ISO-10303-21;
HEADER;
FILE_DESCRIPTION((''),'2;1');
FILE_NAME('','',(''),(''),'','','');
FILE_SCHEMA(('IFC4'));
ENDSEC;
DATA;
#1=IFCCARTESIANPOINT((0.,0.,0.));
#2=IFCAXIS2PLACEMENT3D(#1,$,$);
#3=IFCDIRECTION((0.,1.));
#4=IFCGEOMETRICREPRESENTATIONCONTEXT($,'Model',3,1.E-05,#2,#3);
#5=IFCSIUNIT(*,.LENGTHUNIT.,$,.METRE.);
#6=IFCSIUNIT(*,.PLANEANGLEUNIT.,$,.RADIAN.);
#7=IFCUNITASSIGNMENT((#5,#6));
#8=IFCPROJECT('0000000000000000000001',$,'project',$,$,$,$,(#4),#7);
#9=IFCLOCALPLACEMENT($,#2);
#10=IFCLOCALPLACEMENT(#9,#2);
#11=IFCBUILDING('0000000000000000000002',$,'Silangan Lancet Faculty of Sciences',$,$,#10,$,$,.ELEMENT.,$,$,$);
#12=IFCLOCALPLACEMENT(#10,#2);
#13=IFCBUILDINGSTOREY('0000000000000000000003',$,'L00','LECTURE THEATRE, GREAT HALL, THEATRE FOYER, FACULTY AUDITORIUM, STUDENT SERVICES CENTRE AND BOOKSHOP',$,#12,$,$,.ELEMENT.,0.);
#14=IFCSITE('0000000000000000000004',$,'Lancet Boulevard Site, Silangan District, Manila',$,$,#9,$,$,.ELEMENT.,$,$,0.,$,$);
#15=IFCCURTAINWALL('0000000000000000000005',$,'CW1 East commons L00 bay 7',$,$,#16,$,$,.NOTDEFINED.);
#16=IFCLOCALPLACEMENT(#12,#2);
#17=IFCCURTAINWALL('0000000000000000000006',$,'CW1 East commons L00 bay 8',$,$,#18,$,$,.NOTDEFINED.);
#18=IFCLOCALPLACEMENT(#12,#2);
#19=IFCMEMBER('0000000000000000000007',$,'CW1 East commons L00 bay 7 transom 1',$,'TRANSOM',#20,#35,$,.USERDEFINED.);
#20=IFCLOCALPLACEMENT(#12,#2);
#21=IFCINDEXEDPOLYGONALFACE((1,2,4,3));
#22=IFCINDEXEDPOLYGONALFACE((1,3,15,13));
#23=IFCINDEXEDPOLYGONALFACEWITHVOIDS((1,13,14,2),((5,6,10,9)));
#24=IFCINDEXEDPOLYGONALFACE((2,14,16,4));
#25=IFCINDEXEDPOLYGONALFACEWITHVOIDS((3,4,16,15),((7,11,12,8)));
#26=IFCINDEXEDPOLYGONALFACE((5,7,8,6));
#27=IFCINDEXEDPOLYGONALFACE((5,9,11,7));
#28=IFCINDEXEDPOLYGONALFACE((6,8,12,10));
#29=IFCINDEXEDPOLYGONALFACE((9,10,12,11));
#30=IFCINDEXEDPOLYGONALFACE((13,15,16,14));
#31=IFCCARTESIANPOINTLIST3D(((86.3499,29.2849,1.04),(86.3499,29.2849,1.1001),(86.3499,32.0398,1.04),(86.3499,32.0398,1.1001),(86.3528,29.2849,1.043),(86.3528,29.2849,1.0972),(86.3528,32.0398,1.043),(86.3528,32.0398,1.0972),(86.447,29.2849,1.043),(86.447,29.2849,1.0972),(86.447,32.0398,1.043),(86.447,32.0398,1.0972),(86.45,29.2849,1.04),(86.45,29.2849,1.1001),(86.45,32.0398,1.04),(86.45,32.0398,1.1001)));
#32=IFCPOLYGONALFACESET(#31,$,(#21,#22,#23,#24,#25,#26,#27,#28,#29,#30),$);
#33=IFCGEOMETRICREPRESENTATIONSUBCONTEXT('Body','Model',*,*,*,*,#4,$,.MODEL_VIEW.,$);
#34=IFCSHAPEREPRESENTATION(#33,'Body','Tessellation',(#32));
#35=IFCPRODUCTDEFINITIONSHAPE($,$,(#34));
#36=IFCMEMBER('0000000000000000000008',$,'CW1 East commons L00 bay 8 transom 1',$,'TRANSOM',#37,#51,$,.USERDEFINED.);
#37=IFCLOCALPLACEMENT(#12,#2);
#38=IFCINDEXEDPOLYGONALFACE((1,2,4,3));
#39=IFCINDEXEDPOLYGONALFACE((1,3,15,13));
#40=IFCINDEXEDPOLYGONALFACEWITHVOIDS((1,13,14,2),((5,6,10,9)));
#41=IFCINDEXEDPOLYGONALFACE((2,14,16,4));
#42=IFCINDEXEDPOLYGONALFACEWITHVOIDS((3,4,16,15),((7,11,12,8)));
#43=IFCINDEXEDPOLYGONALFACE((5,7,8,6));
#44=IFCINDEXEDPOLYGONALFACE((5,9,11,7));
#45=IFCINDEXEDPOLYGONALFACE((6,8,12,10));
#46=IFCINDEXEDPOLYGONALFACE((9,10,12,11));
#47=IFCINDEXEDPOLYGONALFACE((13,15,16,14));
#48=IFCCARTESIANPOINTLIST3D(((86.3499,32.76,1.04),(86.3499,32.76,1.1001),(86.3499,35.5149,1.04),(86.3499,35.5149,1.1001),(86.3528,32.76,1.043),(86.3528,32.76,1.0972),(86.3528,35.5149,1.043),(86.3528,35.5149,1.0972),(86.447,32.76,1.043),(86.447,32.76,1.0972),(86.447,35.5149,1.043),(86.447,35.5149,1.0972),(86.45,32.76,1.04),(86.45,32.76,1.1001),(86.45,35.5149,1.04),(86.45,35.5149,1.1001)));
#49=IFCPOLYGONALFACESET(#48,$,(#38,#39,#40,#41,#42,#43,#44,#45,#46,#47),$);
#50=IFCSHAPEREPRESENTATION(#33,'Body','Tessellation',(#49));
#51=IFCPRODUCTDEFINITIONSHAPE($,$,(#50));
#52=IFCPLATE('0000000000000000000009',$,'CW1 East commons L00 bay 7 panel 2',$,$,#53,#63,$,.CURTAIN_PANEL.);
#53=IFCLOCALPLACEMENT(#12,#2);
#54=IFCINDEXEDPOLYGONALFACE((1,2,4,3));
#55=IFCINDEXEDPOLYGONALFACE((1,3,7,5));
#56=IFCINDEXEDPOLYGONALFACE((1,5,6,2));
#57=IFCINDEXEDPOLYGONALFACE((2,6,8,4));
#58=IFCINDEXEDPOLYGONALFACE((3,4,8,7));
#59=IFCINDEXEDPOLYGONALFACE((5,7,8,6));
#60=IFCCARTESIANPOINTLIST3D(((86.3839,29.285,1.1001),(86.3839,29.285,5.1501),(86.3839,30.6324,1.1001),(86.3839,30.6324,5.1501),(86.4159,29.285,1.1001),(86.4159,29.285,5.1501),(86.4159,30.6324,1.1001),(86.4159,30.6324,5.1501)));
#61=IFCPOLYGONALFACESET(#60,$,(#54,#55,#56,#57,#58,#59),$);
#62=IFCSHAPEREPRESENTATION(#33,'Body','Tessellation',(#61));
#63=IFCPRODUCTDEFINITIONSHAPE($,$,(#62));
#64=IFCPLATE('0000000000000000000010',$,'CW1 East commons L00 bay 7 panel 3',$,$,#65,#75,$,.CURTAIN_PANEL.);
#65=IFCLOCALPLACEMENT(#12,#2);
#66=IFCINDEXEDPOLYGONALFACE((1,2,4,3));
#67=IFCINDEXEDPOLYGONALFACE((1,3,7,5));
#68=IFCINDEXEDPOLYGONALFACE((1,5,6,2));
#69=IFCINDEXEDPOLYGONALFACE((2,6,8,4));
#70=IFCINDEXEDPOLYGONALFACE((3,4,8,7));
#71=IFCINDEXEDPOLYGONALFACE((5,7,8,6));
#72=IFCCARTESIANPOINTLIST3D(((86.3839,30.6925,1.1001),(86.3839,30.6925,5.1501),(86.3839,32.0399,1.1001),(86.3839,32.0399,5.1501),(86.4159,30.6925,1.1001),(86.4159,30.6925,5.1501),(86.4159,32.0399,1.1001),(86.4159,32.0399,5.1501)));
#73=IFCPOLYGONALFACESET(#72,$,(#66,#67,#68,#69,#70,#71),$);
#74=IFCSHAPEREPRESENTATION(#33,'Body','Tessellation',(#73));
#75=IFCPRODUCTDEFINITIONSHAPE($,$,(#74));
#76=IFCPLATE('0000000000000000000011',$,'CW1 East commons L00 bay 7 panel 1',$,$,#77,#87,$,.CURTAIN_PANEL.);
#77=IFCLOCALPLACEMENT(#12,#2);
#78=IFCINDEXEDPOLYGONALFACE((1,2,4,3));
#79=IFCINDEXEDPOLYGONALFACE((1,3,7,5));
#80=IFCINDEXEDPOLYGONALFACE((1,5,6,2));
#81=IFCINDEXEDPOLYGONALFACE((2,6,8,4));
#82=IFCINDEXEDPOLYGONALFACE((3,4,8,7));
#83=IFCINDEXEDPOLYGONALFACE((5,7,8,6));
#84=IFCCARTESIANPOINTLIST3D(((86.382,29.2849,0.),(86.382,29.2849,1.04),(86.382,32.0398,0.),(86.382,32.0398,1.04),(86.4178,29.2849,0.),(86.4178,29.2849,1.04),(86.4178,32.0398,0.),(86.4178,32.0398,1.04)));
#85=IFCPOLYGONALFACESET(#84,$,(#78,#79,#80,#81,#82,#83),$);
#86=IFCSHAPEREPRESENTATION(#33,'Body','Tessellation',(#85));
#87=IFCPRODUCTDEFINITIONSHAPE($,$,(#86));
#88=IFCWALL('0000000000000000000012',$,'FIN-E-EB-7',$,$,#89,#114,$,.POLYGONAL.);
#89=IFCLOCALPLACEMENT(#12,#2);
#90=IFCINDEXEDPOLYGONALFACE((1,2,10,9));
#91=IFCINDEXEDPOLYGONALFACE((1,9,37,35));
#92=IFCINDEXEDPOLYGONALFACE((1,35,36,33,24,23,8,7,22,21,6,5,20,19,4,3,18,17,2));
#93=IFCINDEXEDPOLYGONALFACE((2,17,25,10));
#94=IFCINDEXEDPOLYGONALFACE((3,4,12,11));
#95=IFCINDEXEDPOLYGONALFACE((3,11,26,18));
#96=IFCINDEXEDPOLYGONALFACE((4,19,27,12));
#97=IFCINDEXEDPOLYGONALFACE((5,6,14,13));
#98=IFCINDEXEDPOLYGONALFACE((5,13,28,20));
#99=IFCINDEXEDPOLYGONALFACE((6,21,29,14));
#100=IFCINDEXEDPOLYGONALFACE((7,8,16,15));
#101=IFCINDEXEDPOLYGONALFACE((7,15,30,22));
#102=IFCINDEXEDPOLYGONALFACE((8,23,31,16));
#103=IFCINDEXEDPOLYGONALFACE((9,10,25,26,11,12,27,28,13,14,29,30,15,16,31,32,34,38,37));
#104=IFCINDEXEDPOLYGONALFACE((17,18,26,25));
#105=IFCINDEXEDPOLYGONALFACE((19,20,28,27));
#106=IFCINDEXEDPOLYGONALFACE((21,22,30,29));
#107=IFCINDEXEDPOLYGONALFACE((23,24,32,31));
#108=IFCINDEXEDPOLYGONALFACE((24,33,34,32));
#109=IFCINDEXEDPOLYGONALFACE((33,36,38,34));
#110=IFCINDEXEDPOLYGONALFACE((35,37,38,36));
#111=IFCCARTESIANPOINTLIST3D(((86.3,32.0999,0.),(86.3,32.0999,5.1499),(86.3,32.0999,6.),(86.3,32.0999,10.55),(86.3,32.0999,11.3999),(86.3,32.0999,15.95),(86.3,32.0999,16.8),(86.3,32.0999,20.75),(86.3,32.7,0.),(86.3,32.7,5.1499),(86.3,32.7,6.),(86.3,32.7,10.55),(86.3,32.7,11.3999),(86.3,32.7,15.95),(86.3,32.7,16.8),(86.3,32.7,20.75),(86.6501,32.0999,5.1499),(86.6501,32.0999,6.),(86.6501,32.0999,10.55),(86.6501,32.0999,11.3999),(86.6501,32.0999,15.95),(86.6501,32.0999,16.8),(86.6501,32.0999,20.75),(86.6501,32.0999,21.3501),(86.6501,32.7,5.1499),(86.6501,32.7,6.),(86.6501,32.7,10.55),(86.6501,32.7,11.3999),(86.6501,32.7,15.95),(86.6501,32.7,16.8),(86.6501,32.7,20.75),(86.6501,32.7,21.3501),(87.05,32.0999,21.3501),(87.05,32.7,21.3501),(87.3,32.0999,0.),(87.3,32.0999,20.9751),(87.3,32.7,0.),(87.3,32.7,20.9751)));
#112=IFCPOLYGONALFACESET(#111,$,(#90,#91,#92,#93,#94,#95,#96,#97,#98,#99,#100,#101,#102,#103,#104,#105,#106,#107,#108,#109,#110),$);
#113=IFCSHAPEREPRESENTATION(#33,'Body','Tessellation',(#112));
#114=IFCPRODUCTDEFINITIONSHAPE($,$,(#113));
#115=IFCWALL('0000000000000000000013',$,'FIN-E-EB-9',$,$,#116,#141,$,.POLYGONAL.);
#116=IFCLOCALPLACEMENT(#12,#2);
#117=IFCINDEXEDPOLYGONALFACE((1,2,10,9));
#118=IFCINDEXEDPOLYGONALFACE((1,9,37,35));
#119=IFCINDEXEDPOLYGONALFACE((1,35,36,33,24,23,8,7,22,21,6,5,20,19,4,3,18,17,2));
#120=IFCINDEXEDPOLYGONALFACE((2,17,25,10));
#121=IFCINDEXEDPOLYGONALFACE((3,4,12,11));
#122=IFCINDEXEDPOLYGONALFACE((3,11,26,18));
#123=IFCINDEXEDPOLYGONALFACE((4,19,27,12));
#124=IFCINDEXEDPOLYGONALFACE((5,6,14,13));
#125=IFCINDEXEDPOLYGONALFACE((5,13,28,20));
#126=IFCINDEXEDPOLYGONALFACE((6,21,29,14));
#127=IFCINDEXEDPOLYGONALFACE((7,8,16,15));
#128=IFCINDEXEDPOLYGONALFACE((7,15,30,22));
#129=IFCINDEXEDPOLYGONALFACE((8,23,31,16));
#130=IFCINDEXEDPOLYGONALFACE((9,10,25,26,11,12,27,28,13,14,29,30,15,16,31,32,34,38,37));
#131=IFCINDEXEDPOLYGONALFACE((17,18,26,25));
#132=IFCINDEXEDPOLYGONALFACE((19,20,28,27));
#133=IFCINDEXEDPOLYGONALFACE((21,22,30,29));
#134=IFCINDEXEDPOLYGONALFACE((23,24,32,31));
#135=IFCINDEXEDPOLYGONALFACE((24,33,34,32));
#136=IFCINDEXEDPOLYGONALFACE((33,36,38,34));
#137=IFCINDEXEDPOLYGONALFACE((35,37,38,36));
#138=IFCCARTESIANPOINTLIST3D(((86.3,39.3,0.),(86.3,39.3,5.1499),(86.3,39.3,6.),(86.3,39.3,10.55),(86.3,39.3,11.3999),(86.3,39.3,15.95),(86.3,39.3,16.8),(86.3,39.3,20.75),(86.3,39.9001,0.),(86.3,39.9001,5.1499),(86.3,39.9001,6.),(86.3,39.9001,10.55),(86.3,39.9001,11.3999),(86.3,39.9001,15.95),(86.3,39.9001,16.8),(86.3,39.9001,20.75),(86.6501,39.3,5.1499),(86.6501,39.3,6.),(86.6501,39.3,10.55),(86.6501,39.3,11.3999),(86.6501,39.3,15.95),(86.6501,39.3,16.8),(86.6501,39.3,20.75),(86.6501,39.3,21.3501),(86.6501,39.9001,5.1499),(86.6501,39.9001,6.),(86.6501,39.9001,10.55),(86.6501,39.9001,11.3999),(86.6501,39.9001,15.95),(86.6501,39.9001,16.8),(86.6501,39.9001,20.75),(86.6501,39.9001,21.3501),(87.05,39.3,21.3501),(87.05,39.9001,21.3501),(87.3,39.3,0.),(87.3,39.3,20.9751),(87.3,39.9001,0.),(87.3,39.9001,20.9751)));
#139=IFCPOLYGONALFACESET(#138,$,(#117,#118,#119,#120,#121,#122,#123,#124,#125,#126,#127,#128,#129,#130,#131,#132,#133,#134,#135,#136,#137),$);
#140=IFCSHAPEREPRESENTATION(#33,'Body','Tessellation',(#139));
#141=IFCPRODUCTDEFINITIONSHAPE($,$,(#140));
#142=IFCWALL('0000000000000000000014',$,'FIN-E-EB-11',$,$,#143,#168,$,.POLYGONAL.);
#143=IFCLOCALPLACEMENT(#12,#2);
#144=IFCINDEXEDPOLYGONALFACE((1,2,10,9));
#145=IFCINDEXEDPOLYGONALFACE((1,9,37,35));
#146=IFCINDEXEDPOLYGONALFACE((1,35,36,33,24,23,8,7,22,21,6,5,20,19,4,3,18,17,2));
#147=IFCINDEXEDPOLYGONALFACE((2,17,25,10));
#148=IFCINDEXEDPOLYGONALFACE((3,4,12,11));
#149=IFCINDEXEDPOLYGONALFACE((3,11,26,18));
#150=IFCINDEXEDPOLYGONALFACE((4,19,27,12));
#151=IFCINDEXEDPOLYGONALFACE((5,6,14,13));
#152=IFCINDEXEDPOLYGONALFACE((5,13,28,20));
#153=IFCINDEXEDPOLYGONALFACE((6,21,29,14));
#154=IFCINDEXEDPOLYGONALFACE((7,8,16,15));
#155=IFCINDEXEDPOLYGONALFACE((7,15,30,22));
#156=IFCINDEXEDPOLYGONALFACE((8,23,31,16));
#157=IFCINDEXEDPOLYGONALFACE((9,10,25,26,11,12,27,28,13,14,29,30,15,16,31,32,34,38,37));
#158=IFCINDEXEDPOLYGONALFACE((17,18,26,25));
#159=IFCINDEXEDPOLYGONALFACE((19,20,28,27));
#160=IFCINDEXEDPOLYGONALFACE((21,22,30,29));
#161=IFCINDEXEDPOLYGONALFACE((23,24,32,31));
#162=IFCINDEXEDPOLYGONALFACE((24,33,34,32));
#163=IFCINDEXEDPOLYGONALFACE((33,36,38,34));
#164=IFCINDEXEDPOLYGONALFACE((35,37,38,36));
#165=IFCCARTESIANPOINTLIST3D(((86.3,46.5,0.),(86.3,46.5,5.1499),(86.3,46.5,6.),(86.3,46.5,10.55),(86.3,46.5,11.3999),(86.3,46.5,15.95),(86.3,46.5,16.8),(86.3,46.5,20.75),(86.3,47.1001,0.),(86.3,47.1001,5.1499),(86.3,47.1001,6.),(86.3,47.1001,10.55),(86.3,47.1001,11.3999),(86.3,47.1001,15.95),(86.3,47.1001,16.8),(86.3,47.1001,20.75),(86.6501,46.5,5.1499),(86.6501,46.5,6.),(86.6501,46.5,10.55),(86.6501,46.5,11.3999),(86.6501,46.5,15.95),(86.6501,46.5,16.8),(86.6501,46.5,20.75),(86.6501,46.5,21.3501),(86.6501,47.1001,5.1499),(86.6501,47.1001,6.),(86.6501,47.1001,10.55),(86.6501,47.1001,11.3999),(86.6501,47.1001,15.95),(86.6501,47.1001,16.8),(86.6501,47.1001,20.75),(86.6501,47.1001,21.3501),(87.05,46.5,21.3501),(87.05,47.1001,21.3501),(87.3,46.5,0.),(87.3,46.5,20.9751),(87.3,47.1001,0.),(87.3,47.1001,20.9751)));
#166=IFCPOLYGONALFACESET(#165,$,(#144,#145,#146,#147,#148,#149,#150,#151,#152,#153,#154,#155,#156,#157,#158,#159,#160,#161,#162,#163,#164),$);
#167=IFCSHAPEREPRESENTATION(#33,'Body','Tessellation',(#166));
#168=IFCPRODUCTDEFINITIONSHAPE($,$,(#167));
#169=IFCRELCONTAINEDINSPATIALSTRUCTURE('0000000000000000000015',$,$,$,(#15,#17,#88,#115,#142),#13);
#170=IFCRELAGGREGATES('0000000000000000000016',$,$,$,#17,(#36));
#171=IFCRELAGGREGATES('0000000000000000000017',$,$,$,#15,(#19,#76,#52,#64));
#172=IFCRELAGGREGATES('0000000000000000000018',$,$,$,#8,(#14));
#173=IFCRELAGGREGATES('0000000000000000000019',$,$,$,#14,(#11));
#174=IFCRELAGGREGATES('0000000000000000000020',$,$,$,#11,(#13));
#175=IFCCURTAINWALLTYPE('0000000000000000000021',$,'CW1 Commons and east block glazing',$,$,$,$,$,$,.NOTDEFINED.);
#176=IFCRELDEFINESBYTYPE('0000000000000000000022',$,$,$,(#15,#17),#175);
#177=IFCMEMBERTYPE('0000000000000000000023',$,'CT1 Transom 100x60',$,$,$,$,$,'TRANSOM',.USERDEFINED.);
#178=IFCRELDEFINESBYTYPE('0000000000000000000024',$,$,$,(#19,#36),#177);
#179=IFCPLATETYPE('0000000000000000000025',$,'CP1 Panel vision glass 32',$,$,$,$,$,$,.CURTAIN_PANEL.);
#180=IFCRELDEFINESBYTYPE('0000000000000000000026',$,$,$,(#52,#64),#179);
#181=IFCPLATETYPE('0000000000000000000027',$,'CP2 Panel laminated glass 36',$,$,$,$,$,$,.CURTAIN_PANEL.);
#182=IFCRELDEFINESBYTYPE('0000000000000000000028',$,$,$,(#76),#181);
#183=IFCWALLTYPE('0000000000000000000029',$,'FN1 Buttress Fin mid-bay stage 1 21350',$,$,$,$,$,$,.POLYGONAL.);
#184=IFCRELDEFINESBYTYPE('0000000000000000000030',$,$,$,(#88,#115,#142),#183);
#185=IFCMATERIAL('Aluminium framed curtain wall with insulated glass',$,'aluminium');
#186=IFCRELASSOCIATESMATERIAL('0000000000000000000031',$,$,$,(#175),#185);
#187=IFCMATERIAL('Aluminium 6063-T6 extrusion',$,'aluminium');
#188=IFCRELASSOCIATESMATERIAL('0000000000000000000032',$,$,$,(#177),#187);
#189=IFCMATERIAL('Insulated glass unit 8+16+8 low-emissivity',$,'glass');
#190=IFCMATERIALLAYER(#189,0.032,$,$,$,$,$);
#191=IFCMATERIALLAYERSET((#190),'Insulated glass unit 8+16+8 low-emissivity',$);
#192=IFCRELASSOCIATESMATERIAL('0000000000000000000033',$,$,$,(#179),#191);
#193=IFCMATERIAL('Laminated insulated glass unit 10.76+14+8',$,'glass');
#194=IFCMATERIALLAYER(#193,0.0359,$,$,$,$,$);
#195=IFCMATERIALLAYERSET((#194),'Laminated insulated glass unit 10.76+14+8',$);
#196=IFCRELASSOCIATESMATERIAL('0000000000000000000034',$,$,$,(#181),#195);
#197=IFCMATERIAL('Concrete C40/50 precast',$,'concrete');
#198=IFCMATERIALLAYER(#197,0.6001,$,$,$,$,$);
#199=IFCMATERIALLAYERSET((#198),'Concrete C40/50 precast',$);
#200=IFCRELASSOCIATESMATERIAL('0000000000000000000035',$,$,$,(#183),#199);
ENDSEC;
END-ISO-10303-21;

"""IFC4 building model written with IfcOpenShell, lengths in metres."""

from ifc_helpers import new_model, si_unit, direction, frame, origin, origin_2d, place, context, subcontext, project, spatial, polyline, rectangle, hollow_rectangle, outline, extrude, material, layer, layer_set, material_profile, profile_set, type_object, element, aggregate, save


model = new_model("IFC4")

# Units and contexts
model_context = context("Model", 3, precision=1e-05, world=origin(), true_north=direction((0.0, 1.0)))
body_context = subcontext(model_context, "Body", "Model", "MODEL_VIEW")
ifc_project = project(units=[si_unit("LENGTHUNIT", "METRE"), si_unit("PLANEANGLEUNIT", "RADIAN")], contexts=[model_context])

# Site, building, storey
site_placement = place(None, origin())
site = spatial("IfcSite", under=ifc_project, at=site_placement, Name="Lancet Boulevard Site, Silangan District, Manila", CompositionType="ELEMENT", RefElevation=0.0)
building_placement = place(site_placement, origin())
building = spatial("IfcBuilding", under=site, at=building_placement, Name="Silangan Lancet Faculty of Sciences", CompositionType="ELEMENT")
storey_placement = place(building_placement, origin())
storey = spatial("IfcBuildingStorey", under=building, at=storey_placement, Name="L00", Description="LECTURE THEATRE, GREAT HALL, THEATRE FOYER, FACULTY AUDITORIUM, STUDENT SERVICES CENTRE AND BOOKSHOP", CompositionType="ELEMENT", Elevation=0.0)

# Curtain wall
ifc_material_1 = material(Name="Aluminium framed curtain wall with insulated glass", Category="aluminium")
curtain_wall_type = type_object("IfcCurtainWallType", Name="CW1 Commons and east block glazing", PredefinedType="NOTDEFINED", material=ifc_material_1)
curtain_wall_1_placement = place(storey_placement, origin())
curtain_wall_1 = element("IfcCurtainWall", 1, at=curtain_wall_1_placement, inside=storey, type_object=curtain_wall_type, Name="CW1 East commons L00 bay 7", PredefinedType="NOTDEFINED")

# Curtain wall
curtain_wall_2_placement = place(storey_placement, origin())
curtain_wall_2 = element("IfcCurtainWall", 2, at=curtain_wall_2_placement, inside=storey, type_object=curtain_wall_type, Name="CW1 East commons L00 bay 8", PredefinedType="NOTDEFINED")

# Members
ifc_material_2 = material(Name="Aluminium 6063-T6 extrusion", Category="aluminium")
ifc_material_profile_1 = material_profile(ifc_material_2, hollow_rectangle(XDim=0.1001, YDim=0.0601, WallThickness=0.0029, at=origin_2d()), Name="AL BOX 100x60x3")
ifc_profile_set_1 = profile_set([ifc_material_profile_1], Name="Aluminium 6063-T6 extrusion")
member_type_1 = type_object("IfcMemberType", Name="CT1 Transom 100x60", ElementType="TRANSOM", PredefinedType="USERDEFINED", material=ifc_profile_set_1)
member_1_placement = place(storey_placement, frame((86.3999, 29.2849, 1.0701), z_axis=(0.0, 1.0, 0.0), x_axis=(-1.0, 0.0, 0.0)))
member_1 = element("IfcMember", 3, at=member_1_placement, type_object=member_type_1, Name="CW1 East commons L00 bay 7 transom 1", ObjectType="TRANSOM", PredefinedType="USERDEFINED", context=body_context, shape_type="SweptSolid", body=[
    extrude(hollow_rectangle(XDim=0.1001, YDim=0.0601, WallThickness=0.0029, at=origin_2d()), origin(), (0.0, 0.0, 1.0), 2.7549),
])
member_2_placement = place(storey_placement, frame((86.3999, 32.76, 1.0701), z_axis=(0.0, 1.0, 0.0), x_axis=(-1.0, 0.0, 0.0)))
member_2 = element("IfcMember", 4, at=member_2_placement, type_object=member_type_1, Name="CW1 East commons L00 bay 8 transom 1", ObjectType="TRANSOM", PredefinedType="USERDEFINED", context=body_context, shape_type="SweptSolid", body=[
    extrude(hollow_rectangle(XDim=0.1001, YDim=0.0601, WallThickness=0.0029, at=origin_2d()), origin(), (0.0, 0.0, 1.0), 2.7549),
])
aggregate(curtain_wall_2, [member_2])

# Plates
ifc_material_3 = material(Name="Insulated glass unit 8+16+8 low-emissivity", Category="glass")
ifc_layer_1 = layer(ifc_material_3, 0.032)
ifc_layer_set_1 = layer_set([ifc_layer_1], Name="Insulated glass unit 8+16+8 low-emissivity")
plate_type_1 = type_object("IfcPlateType", Name="CP1 Panel vision glass 32", PredefinedType="CURTAIN_PANEL", material=ifc_layer_set_1)
plate_1_placement = place(storey_placement, frame((86.3999, 29.9587, 1.1001), z_axis=(0.0, 0.0, 1.0), x_axis=(0.0, 1.0, 0.0)))
plate_1 = element("IfcPlate", 5, at=plate_1_placement, type_object=plate_type_1, Name="CW1 East commons L00 bay 7 panel 2", PredefinedType="CURTAIN_PANEL", context=body_context, shape_type="SweptSolid", body=[
    extrude(rectangle(XDim=1.3474, YDim=0.032, at=origin_2d()), origin(), (0.0, 0.0, 1.0), 4.05),
])
plate_2_placement = place(storey_placement, frame((86.3999, 31.3662, 1.1001), z_axis=(0.0, 0.0, 1.0), x_axis=(0.0, 1.0, 0.0)))
plate_2 = element("IfcPlate", 6, at=plate_2_placement, type_object=plate_type_1, Name="CW1 East commons L00 bay 7 panel 3", PredefinedType="CURTAIN_PANEL", context=body_context, shape_type="SweptSolid", body=[
    extrude(rectangle(XDim=1.3474, YDim=0.032, at=origin_2d()), origin(), (0.0, 0.0, 1.0), 4.05),
])
ifc_material_4 = material(Name="Laminated insulated glass unit 10.76+14+8", Category="glass")
ifc_layer_2 = layer(ifc_material_4, 0.0359)
ifc_layer_set_2 = layer_set([ifc_layer_2], Name="Laminated insulated glass unit 10.76+14+8")
plate_type_2 = type_object("IfcPlateType", Name="CP2 Panel laminated glass 36", PredefinedType="CURTAIN_PANEL", material=ifc_layer_set_2)
plate_3_placement = place(storey_placement, frame((86.3999, 30.6624, 0.0), z_axis=(0.0, 0.0, 1.0), x_axis=(0.0, 1.0, 0.0)))
plate_3 = element("IfcPlate", 7, at=plate_3_placement, type_object=plate_type_2, Name="CW1 East commons L00 bay 7 panel 1", PredefinedType="CURTAIN_PANEL", context=body_context, shape_type="SweptSolid", body=[
    extrude(rectangle(XDim=2.7549, YDim=0.0359, at=origin_2d()), origin(), (0.0, 0.0, 1.0), 1.04),
])
aggregate(curtain_wall_1, [member_1, plate_3, plate_1, plate_2])

# Walls
ifc_material_5 = material(Name="Concrete C40/50 precast", Category="concrete")
ifc_layer_3 = layer(ifc_material_5, 0.6001)
ifc_layer_set_3 = layer_set([ifc_layer_3], Name="Concrete C40/50 precast")
wall_type_1 = type_object("IfcWallType", Name="FN1 Buttress Fin mid-bay stage 1 21350", PredefinedType="POLYGONAL", material=ifc_layer_set_3)
for number, where, z_axis, x_axis, name in (
    (8, (86.3, 32.3999, 0.0), (0.0, 0.0, 1.0), (1.0, 0.0, 0.0), "FIN-E-EB-7"),
    (9, (86.3, 39.6001, 0.0), (0.0, 0.0, 1.0), (1.0, 0.0, 0.0), "FIN-E-EB-9"),
    (10, (86.3, 46.8, 0.0), (0.0, 0.0, 1.0), (1.0, 0.0, 0.0), "FIN-E-EB-11"),
):
    element("IfcWall", number, at=place(storey_placement, frame(where, z_axis=z_axis, x_axis=x_axis)), inside=storey, type_object=wall_type_1, Name=name, PredefinedType="POLYGONAL", context=body_context, shape_type="SweptSolid", body=[
        extrude(outline(polyline([(1.0, 0.0), (1.0, 20.9751), (0.75, 21.3501), (0.3501, 21.3501), (0.3501, 20.75), (0.0, 20.75), (0.0, 16.8), (0.3501, 16.8), (0.3501, 15.95), (0.0, 15.95), (0.0, 11.3999), (0.3501, 11.3999), (0.3501, 10.55), (0.0, 10.55), (0.0, 6.0), (0.3501, 6.0), (0.3501, 5.1499), (0.0, 5.1499), (0.0, 0.0), (1.0, 0.0)])), frame((0.0, 0.3, 0.0), z_axis=(0.0, -1.0, 0.0), x_axis=(1.0, 0.0, 0.0)), (0.0, 0.0, 1.0), 0.6001),
    ])

save(model, "model.ifc")
